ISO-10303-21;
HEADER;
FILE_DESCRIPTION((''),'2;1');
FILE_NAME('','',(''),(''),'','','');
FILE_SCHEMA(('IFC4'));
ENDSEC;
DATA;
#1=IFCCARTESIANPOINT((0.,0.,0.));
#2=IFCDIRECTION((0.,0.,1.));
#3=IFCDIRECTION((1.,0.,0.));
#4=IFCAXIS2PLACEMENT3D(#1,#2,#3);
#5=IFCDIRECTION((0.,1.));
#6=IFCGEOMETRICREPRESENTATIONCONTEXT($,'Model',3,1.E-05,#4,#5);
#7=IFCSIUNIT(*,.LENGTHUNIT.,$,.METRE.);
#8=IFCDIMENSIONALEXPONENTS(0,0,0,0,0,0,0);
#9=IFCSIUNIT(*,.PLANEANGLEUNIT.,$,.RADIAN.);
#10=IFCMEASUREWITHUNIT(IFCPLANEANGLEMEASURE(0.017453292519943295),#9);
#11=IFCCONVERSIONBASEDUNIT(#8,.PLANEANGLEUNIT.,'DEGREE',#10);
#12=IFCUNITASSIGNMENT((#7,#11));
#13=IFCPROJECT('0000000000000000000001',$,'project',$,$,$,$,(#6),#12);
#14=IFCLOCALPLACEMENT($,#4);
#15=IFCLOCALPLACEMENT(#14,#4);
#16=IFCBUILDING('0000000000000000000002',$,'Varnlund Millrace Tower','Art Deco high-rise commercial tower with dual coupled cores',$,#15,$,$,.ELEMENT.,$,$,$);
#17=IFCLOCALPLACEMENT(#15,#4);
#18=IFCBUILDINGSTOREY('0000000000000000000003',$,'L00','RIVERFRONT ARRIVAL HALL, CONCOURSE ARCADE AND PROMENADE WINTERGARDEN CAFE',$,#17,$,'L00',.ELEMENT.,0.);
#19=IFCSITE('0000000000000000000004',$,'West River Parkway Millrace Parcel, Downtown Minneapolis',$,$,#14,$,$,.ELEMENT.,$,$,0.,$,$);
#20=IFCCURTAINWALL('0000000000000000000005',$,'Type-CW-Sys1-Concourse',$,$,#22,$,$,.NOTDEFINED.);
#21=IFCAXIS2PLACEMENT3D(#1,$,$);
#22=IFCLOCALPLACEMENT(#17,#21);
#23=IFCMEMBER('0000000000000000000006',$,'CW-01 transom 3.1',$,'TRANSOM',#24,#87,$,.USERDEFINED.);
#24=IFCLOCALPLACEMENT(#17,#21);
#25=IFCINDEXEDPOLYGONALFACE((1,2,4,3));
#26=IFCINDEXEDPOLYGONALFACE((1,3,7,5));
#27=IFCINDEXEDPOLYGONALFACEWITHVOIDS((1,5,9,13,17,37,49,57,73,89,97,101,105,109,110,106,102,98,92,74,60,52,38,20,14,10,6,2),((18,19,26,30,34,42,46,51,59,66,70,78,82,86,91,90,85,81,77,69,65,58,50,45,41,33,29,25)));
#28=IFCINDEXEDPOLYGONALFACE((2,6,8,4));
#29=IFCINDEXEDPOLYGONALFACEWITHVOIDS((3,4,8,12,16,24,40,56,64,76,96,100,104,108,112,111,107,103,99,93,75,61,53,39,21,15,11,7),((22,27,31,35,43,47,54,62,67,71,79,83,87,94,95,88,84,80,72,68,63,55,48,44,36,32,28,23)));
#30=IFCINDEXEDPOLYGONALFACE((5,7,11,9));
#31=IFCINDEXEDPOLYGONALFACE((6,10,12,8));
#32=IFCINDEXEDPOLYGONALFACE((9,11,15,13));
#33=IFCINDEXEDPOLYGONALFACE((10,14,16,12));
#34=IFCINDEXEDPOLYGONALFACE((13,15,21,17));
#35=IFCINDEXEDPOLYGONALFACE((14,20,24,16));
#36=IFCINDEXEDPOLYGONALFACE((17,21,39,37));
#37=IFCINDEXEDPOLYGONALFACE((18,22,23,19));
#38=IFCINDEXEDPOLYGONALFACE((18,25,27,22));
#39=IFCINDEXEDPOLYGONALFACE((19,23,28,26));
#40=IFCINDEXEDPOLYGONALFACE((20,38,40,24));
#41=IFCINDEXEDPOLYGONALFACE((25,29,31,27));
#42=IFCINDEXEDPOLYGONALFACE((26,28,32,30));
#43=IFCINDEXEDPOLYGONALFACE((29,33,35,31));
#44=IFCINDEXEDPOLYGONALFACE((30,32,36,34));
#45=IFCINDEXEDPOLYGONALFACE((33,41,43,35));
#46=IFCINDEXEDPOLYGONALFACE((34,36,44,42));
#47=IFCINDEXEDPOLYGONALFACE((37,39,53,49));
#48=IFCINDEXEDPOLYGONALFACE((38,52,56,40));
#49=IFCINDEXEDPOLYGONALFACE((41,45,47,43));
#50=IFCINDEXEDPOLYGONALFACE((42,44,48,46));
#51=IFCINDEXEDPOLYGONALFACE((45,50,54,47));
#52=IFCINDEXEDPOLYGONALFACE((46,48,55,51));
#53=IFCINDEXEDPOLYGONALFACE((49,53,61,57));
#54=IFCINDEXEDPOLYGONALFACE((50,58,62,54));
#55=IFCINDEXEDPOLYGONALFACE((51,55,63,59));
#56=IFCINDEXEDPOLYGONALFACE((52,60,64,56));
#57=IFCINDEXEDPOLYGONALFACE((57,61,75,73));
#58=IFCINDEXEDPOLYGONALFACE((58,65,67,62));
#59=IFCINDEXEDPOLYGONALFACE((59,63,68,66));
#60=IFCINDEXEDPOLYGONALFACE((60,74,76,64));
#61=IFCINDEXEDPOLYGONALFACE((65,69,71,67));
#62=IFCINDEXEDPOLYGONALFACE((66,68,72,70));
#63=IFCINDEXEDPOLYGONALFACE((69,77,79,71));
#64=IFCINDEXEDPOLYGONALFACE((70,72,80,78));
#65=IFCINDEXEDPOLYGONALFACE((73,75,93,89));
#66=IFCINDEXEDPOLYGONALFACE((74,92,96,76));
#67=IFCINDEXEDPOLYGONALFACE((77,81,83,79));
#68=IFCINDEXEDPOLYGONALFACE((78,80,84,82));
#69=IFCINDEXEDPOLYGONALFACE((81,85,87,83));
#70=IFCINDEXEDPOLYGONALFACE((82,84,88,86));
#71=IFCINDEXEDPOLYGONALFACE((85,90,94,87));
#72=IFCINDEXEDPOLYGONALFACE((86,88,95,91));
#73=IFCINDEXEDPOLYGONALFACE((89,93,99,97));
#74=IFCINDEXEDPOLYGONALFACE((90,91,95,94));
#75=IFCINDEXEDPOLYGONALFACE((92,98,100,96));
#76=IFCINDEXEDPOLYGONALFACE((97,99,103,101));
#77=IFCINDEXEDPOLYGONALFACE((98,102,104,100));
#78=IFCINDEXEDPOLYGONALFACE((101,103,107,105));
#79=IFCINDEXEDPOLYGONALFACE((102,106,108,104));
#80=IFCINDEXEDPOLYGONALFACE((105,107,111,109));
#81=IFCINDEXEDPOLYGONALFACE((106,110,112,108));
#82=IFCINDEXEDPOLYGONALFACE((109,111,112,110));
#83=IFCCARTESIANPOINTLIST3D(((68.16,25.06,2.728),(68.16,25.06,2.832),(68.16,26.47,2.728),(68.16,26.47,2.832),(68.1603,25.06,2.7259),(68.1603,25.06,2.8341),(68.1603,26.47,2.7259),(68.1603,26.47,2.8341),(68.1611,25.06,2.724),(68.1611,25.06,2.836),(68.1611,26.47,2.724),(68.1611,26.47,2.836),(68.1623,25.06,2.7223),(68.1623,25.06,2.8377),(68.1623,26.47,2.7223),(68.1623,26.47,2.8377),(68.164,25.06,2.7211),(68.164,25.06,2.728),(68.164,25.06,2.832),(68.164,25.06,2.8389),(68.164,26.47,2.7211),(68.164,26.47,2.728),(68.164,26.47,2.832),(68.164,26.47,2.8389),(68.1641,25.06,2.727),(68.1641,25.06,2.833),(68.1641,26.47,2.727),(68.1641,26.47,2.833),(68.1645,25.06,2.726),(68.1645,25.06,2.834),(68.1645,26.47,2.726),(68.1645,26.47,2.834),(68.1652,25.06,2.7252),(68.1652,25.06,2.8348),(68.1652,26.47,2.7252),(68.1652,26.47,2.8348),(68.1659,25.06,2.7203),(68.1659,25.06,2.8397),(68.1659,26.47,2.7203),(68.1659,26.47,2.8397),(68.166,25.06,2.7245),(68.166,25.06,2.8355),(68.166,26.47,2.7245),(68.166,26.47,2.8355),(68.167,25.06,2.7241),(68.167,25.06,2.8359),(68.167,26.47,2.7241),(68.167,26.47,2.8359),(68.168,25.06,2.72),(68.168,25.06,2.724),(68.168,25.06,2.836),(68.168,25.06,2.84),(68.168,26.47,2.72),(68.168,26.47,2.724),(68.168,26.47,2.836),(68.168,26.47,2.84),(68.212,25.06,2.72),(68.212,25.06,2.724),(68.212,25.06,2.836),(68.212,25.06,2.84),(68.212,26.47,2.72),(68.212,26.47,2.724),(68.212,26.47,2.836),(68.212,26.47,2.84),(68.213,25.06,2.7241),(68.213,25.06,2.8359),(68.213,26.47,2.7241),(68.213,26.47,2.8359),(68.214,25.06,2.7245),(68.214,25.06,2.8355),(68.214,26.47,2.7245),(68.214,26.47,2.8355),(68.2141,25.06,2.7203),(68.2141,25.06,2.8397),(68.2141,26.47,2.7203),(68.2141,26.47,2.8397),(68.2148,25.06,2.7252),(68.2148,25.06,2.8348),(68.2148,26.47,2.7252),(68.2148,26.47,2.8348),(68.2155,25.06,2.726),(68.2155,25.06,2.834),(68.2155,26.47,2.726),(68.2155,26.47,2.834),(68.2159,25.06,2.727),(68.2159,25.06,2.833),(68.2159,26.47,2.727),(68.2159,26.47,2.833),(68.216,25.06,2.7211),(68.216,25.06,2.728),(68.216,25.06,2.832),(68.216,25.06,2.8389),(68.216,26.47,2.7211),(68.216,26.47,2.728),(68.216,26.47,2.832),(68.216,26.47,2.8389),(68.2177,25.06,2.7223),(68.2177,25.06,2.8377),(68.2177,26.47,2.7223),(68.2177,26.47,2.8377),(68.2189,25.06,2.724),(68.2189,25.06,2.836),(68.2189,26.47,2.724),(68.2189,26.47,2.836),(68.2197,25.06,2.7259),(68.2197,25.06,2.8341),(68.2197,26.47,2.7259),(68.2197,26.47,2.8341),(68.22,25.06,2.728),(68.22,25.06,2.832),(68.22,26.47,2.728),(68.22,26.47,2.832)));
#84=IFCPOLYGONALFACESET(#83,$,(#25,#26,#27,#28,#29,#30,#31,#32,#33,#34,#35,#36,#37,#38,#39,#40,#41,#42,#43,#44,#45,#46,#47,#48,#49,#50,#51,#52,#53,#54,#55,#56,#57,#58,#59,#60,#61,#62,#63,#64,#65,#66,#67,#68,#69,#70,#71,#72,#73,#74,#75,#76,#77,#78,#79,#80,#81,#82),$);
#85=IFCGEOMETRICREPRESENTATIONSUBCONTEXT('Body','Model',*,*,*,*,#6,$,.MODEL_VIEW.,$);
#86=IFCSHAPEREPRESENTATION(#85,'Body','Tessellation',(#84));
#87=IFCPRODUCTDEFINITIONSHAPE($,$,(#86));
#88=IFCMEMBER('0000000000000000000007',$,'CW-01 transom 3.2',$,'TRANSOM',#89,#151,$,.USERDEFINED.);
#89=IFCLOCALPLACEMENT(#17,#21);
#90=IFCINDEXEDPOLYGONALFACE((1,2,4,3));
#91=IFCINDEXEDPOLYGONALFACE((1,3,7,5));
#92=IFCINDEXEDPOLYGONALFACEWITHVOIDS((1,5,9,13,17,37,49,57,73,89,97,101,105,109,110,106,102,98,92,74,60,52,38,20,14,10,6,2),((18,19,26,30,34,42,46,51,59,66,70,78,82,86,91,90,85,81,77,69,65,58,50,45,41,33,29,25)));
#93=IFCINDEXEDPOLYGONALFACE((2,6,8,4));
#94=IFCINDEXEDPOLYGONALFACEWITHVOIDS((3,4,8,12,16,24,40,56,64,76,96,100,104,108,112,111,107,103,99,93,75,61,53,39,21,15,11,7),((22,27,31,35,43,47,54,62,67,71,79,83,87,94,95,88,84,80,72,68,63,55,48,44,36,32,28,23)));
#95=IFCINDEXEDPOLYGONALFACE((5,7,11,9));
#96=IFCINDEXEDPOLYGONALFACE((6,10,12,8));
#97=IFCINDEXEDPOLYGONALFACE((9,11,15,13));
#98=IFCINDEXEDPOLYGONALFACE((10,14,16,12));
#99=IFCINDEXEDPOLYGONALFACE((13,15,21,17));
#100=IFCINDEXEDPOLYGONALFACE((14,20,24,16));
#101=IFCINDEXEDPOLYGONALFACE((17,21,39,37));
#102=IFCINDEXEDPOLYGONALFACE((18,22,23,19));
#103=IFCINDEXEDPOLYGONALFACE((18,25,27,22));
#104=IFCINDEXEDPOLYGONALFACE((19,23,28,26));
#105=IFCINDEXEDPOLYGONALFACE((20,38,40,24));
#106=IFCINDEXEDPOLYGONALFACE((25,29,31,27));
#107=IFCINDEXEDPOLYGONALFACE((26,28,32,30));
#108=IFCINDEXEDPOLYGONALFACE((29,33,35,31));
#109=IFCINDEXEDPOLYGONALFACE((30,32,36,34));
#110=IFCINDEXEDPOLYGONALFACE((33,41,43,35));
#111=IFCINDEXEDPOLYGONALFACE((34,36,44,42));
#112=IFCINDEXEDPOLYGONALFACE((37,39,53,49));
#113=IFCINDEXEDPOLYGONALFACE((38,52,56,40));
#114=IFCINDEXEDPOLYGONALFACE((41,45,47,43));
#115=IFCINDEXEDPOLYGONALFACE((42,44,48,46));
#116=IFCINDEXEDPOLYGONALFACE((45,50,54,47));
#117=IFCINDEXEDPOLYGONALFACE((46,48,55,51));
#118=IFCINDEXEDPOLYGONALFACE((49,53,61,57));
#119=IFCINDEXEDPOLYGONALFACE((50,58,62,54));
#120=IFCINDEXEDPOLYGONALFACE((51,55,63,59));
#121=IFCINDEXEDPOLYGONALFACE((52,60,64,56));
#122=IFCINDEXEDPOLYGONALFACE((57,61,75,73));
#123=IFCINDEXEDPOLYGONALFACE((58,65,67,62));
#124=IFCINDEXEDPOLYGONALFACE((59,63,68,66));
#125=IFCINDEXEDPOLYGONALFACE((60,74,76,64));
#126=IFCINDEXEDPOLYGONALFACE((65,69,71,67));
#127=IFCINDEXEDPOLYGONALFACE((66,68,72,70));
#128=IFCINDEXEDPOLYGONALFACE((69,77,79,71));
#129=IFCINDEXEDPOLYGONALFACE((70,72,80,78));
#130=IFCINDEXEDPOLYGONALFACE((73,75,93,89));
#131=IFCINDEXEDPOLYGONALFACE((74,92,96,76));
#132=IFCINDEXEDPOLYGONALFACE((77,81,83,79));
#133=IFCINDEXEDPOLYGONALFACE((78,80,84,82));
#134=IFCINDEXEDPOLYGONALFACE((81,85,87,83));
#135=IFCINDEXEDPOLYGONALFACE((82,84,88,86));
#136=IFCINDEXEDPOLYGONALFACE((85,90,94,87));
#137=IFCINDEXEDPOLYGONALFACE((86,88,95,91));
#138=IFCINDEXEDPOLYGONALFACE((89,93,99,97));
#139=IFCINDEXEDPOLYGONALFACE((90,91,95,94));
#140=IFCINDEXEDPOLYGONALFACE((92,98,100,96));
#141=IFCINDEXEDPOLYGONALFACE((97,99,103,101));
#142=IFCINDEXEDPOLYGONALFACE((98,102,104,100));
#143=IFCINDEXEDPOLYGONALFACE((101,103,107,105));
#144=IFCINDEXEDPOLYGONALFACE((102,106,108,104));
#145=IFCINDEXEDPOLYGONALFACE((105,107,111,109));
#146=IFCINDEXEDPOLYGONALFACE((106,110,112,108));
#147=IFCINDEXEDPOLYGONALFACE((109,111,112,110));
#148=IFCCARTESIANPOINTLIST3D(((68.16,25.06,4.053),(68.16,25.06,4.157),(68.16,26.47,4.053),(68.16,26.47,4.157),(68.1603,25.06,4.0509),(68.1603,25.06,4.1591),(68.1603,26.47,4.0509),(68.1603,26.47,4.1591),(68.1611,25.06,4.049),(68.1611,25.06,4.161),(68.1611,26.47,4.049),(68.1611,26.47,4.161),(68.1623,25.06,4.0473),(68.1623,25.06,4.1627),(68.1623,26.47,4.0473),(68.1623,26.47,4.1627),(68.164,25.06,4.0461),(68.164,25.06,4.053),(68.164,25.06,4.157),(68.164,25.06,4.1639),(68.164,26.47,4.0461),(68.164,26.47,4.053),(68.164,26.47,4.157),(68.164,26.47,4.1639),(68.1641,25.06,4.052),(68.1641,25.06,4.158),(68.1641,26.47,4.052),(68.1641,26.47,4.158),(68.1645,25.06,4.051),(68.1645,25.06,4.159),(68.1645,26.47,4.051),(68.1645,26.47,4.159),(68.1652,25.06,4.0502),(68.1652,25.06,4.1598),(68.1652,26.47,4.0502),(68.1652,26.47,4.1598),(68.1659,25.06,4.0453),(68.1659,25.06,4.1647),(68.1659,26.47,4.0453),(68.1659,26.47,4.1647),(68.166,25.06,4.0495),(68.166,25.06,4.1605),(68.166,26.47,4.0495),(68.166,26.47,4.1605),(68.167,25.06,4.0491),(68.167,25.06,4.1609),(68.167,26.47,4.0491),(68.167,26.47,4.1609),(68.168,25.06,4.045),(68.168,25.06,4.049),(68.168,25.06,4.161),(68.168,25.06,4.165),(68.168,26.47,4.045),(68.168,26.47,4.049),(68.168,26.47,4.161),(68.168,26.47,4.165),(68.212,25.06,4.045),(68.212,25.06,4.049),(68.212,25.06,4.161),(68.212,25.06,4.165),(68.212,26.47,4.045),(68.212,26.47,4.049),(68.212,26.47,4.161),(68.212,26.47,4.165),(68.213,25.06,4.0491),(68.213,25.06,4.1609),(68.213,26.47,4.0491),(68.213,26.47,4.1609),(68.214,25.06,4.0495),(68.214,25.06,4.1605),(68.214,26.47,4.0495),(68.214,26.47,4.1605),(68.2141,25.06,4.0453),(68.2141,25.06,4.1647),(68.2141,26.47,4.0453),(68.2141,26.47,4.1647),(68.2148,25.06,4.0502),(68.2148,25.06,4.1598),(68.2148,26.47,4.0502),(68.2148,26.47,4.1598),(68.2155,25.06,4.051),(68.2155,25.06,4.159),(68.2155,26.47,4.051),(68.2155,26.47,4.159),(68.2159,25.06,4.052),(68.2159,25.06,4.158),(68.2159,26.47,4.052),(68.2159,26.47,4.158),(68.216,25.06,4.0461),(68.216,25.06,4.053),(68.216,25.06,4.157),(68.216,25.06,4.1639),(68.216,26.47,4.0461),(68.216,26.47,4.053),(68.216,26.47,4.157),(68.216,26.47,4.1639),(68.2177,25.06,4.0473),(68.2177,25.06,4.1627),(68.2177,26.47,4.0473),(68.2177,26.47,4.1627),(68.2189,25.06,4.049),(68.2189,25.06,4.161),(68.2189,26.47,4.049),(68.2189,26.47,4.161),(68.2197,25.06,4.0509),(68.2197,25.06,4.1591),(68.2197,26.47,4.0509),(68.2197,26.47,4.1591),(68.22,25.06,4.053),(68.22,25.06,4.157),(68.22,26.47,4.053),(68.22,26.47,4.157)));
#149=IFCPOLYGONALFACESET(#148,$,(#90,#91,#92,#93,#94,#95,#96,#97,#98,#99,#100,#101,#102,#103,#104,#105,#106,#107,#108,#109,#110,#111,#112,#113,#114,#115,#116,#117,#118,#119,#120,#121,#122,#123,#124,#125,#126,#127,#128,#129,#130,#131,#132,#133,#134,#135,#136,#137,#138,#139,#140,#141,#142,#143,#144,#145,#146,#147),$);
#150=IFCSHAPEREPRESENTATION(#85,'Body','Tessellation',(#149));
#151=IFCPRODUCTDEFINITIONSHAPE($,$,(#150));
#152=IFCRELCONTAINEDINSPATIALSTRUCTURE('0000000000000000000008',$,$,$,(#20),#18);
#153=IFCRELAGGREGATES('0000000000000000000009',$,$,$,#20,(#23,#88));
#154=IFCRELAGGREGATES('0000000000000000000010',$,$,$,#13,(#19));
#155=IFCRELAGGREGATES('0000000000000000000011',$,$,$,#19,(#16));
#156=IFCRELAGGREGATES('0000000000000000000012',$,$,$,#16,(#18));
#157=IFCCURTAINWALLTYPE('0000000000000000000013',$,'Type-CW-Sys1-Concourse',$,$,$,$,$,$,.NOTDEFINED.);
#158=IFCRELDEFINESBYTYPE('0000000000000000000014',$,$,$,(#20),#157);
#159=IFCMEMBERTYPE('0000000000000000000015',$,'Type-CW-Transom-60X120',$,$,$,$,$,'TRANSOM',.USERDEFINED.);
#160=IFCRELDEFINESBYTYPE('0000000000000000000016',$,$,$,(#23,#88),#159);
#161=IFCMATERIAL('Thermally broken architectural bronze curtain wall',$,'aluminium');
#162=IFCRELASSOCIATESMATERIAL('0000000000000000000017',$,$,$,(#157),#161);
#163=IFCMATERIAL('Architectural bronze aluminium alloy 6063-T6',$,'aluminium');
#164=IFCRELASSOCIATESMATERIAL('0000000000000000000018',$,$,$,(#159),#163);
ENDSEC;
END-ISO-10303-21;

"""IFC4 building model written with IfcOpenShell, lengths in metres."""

from ifc_helpers import new_model, entity, si_unit, converted_unit, direction, frame, origin_with_axes, origin_2d_with_axis, place, context, subcontext, project, spatial, hollow_rectangle, extrude, material, material_profile, profile_set, type_object, element, aggregate, save


model = new_model("IFC4")

# Units and contexts
model_context = context("Model", 3, precision=1e-05, world=origin_with_axes(), true_north=direction((0.0, 1.0)))
body_context = subcontext(model_context, "Body", "Model", "MODEL_VIEW")
ifc_project = project(units=[si_unit("LENGTHUNIT", "METRE"), converted_unit("PLANEANGLEUNIT", "DEGREE", entity("IfcPlaneAngleMeasure", 0.017453292519943295), si_unit("PLANEANGLEUNIT", "RADIAN"), dimensions=[0, 0, 0, 0, 0, 0, 0])], contexts=[model_context])

# Site, building, storey
site_placement = place(None, origin_with_axes())
site = spatial("IfcSite", under=ifc_project, at=site_placement, Name="West River Parkway Millrace Parcel, Downtown Minneapolis", CompositionType="ELEMENT", RefElevation=0.0)
building_placement = place(site_placement, origin_with_axes())
building = spatial("IfcBuilding", under=site, at=building_placement, Name="Varnlund Millrace Tower", Description="Art Deco high-rise commercial tower with dual coupled cores", CompositionType="ELEMENT")
storey_placement = place(building_placement, origin_with_axes())
storey = spatial("IfcBuildingStorey", under=building, at=storey_placement, Name="L00", Description="RIVERFRONT ARRIVAL HALL, CONCOURSE ARCADE AND PROMENADE WINTERGARDEN CAFE", LongName="L00", CompositionType="ELEMENT", Elevation=0.0)

# Curtain wall
ifc_material_1 = material(Name="Thermally broken architectural bronze curtain wall", Category="aluminium")
curtain_wall_type = type_object("IfcCurtainWallType", Name="Type-CW-Sys1-Concourse", PredefinedType="NOTDEFINED", material=ifc_material_1)
ifc_material_2 = material(Name="Architectural bronze aluminium alloy 6063-T6", Category="aluminium")
curtain_wall_1_placement = place(storey_placement, frame((68.19, 29.5, 2.75), z_axis=(0.0, 0.0, 1.0), x_axis=(1.0, 0.0, 0.0)))
curtain_wall_1 = element("IfcCurtainWall", 1, at=curtain_wall_1_placement, inside=storey, type_object=curtain_wall_type, Name="Type-CW-Sys1-Concourse", PredefinedType="NOTDEFINED")

# Members
ifc_material_profile_1 = material_profile(ifc_material_2, hollow_rectangle(XDim=0.06, YDim=0.12, WallThickness=0.004, InnerFilletRadius=0.004, OuterFilletRadius=0.008, at=origin_2d_with_axis()), Name="Architectural bronze aluminium alloy 6063-T6")
ifc_profile_set_1 = profile_set([ifc_material_profile_1], Name="Architectural bronze aluminium alloy 6063-T6")
member_type_1 = type_object("IfcMemberType", Name="Type-CW-Transom-60X120", ElementType="TRANSOM", PredefinedType="USERDEFINED", material=ifc_profile_set_1)
member_1_placement = place(storey_placement, frame((68.19, 26.47, 2.78), z_axis=(0.0, -1.0, 0.0), x_axis=(1.0, 0.0, 0.0)))
member_1 = element("IfcMember", 2, at=member_1_placement, type_object=member_type_1, Name="CW-01 transom 3.1", ObjectType="TRANSOM", PredefinedType="USERDEFINED", context=body_context, shape_type="SweptSolid", body=[
    extrude(hollow_rectangle(XDim=0.06, YDim=0.12, WallThickness=0.004, InnerFilletRadius=0.004, OuterFilletRadius=0.008, at=origin_2d_with_axis()), origin_with_axes(), (0.0, 0.0, 1.0), 1.41),
])
member_2_placement = place(storey_placement, frame((68.19, 26.47, 4.105), z_axis=(0.0, -1.0, 0.0), x_axis=(1.0, 0.0, 0.0)))
member_2 = element("IfcMember", 3, at=member_2_placement, type_object=member_type_1, Name="CW-01 transom 3.2", ObjectType="TRANSOM", PredefinedType="USERDEFINED", context=body_context, shape_type="SweptSolid", body=[
    extrude(hollow_rectangle(XDim=0.06, YDim=0.12, WallThickness=0.004, InnerFilletRadius=0.004, OuterFilletRadius=0.008, at=origin_2d_with_axis()), origin_with_axes(), (0.0, 0.0, 1.0), 1.41),
])

aggregate(curtain_wall_1, [member_1, member_2])

save(model, "model.ifc")
